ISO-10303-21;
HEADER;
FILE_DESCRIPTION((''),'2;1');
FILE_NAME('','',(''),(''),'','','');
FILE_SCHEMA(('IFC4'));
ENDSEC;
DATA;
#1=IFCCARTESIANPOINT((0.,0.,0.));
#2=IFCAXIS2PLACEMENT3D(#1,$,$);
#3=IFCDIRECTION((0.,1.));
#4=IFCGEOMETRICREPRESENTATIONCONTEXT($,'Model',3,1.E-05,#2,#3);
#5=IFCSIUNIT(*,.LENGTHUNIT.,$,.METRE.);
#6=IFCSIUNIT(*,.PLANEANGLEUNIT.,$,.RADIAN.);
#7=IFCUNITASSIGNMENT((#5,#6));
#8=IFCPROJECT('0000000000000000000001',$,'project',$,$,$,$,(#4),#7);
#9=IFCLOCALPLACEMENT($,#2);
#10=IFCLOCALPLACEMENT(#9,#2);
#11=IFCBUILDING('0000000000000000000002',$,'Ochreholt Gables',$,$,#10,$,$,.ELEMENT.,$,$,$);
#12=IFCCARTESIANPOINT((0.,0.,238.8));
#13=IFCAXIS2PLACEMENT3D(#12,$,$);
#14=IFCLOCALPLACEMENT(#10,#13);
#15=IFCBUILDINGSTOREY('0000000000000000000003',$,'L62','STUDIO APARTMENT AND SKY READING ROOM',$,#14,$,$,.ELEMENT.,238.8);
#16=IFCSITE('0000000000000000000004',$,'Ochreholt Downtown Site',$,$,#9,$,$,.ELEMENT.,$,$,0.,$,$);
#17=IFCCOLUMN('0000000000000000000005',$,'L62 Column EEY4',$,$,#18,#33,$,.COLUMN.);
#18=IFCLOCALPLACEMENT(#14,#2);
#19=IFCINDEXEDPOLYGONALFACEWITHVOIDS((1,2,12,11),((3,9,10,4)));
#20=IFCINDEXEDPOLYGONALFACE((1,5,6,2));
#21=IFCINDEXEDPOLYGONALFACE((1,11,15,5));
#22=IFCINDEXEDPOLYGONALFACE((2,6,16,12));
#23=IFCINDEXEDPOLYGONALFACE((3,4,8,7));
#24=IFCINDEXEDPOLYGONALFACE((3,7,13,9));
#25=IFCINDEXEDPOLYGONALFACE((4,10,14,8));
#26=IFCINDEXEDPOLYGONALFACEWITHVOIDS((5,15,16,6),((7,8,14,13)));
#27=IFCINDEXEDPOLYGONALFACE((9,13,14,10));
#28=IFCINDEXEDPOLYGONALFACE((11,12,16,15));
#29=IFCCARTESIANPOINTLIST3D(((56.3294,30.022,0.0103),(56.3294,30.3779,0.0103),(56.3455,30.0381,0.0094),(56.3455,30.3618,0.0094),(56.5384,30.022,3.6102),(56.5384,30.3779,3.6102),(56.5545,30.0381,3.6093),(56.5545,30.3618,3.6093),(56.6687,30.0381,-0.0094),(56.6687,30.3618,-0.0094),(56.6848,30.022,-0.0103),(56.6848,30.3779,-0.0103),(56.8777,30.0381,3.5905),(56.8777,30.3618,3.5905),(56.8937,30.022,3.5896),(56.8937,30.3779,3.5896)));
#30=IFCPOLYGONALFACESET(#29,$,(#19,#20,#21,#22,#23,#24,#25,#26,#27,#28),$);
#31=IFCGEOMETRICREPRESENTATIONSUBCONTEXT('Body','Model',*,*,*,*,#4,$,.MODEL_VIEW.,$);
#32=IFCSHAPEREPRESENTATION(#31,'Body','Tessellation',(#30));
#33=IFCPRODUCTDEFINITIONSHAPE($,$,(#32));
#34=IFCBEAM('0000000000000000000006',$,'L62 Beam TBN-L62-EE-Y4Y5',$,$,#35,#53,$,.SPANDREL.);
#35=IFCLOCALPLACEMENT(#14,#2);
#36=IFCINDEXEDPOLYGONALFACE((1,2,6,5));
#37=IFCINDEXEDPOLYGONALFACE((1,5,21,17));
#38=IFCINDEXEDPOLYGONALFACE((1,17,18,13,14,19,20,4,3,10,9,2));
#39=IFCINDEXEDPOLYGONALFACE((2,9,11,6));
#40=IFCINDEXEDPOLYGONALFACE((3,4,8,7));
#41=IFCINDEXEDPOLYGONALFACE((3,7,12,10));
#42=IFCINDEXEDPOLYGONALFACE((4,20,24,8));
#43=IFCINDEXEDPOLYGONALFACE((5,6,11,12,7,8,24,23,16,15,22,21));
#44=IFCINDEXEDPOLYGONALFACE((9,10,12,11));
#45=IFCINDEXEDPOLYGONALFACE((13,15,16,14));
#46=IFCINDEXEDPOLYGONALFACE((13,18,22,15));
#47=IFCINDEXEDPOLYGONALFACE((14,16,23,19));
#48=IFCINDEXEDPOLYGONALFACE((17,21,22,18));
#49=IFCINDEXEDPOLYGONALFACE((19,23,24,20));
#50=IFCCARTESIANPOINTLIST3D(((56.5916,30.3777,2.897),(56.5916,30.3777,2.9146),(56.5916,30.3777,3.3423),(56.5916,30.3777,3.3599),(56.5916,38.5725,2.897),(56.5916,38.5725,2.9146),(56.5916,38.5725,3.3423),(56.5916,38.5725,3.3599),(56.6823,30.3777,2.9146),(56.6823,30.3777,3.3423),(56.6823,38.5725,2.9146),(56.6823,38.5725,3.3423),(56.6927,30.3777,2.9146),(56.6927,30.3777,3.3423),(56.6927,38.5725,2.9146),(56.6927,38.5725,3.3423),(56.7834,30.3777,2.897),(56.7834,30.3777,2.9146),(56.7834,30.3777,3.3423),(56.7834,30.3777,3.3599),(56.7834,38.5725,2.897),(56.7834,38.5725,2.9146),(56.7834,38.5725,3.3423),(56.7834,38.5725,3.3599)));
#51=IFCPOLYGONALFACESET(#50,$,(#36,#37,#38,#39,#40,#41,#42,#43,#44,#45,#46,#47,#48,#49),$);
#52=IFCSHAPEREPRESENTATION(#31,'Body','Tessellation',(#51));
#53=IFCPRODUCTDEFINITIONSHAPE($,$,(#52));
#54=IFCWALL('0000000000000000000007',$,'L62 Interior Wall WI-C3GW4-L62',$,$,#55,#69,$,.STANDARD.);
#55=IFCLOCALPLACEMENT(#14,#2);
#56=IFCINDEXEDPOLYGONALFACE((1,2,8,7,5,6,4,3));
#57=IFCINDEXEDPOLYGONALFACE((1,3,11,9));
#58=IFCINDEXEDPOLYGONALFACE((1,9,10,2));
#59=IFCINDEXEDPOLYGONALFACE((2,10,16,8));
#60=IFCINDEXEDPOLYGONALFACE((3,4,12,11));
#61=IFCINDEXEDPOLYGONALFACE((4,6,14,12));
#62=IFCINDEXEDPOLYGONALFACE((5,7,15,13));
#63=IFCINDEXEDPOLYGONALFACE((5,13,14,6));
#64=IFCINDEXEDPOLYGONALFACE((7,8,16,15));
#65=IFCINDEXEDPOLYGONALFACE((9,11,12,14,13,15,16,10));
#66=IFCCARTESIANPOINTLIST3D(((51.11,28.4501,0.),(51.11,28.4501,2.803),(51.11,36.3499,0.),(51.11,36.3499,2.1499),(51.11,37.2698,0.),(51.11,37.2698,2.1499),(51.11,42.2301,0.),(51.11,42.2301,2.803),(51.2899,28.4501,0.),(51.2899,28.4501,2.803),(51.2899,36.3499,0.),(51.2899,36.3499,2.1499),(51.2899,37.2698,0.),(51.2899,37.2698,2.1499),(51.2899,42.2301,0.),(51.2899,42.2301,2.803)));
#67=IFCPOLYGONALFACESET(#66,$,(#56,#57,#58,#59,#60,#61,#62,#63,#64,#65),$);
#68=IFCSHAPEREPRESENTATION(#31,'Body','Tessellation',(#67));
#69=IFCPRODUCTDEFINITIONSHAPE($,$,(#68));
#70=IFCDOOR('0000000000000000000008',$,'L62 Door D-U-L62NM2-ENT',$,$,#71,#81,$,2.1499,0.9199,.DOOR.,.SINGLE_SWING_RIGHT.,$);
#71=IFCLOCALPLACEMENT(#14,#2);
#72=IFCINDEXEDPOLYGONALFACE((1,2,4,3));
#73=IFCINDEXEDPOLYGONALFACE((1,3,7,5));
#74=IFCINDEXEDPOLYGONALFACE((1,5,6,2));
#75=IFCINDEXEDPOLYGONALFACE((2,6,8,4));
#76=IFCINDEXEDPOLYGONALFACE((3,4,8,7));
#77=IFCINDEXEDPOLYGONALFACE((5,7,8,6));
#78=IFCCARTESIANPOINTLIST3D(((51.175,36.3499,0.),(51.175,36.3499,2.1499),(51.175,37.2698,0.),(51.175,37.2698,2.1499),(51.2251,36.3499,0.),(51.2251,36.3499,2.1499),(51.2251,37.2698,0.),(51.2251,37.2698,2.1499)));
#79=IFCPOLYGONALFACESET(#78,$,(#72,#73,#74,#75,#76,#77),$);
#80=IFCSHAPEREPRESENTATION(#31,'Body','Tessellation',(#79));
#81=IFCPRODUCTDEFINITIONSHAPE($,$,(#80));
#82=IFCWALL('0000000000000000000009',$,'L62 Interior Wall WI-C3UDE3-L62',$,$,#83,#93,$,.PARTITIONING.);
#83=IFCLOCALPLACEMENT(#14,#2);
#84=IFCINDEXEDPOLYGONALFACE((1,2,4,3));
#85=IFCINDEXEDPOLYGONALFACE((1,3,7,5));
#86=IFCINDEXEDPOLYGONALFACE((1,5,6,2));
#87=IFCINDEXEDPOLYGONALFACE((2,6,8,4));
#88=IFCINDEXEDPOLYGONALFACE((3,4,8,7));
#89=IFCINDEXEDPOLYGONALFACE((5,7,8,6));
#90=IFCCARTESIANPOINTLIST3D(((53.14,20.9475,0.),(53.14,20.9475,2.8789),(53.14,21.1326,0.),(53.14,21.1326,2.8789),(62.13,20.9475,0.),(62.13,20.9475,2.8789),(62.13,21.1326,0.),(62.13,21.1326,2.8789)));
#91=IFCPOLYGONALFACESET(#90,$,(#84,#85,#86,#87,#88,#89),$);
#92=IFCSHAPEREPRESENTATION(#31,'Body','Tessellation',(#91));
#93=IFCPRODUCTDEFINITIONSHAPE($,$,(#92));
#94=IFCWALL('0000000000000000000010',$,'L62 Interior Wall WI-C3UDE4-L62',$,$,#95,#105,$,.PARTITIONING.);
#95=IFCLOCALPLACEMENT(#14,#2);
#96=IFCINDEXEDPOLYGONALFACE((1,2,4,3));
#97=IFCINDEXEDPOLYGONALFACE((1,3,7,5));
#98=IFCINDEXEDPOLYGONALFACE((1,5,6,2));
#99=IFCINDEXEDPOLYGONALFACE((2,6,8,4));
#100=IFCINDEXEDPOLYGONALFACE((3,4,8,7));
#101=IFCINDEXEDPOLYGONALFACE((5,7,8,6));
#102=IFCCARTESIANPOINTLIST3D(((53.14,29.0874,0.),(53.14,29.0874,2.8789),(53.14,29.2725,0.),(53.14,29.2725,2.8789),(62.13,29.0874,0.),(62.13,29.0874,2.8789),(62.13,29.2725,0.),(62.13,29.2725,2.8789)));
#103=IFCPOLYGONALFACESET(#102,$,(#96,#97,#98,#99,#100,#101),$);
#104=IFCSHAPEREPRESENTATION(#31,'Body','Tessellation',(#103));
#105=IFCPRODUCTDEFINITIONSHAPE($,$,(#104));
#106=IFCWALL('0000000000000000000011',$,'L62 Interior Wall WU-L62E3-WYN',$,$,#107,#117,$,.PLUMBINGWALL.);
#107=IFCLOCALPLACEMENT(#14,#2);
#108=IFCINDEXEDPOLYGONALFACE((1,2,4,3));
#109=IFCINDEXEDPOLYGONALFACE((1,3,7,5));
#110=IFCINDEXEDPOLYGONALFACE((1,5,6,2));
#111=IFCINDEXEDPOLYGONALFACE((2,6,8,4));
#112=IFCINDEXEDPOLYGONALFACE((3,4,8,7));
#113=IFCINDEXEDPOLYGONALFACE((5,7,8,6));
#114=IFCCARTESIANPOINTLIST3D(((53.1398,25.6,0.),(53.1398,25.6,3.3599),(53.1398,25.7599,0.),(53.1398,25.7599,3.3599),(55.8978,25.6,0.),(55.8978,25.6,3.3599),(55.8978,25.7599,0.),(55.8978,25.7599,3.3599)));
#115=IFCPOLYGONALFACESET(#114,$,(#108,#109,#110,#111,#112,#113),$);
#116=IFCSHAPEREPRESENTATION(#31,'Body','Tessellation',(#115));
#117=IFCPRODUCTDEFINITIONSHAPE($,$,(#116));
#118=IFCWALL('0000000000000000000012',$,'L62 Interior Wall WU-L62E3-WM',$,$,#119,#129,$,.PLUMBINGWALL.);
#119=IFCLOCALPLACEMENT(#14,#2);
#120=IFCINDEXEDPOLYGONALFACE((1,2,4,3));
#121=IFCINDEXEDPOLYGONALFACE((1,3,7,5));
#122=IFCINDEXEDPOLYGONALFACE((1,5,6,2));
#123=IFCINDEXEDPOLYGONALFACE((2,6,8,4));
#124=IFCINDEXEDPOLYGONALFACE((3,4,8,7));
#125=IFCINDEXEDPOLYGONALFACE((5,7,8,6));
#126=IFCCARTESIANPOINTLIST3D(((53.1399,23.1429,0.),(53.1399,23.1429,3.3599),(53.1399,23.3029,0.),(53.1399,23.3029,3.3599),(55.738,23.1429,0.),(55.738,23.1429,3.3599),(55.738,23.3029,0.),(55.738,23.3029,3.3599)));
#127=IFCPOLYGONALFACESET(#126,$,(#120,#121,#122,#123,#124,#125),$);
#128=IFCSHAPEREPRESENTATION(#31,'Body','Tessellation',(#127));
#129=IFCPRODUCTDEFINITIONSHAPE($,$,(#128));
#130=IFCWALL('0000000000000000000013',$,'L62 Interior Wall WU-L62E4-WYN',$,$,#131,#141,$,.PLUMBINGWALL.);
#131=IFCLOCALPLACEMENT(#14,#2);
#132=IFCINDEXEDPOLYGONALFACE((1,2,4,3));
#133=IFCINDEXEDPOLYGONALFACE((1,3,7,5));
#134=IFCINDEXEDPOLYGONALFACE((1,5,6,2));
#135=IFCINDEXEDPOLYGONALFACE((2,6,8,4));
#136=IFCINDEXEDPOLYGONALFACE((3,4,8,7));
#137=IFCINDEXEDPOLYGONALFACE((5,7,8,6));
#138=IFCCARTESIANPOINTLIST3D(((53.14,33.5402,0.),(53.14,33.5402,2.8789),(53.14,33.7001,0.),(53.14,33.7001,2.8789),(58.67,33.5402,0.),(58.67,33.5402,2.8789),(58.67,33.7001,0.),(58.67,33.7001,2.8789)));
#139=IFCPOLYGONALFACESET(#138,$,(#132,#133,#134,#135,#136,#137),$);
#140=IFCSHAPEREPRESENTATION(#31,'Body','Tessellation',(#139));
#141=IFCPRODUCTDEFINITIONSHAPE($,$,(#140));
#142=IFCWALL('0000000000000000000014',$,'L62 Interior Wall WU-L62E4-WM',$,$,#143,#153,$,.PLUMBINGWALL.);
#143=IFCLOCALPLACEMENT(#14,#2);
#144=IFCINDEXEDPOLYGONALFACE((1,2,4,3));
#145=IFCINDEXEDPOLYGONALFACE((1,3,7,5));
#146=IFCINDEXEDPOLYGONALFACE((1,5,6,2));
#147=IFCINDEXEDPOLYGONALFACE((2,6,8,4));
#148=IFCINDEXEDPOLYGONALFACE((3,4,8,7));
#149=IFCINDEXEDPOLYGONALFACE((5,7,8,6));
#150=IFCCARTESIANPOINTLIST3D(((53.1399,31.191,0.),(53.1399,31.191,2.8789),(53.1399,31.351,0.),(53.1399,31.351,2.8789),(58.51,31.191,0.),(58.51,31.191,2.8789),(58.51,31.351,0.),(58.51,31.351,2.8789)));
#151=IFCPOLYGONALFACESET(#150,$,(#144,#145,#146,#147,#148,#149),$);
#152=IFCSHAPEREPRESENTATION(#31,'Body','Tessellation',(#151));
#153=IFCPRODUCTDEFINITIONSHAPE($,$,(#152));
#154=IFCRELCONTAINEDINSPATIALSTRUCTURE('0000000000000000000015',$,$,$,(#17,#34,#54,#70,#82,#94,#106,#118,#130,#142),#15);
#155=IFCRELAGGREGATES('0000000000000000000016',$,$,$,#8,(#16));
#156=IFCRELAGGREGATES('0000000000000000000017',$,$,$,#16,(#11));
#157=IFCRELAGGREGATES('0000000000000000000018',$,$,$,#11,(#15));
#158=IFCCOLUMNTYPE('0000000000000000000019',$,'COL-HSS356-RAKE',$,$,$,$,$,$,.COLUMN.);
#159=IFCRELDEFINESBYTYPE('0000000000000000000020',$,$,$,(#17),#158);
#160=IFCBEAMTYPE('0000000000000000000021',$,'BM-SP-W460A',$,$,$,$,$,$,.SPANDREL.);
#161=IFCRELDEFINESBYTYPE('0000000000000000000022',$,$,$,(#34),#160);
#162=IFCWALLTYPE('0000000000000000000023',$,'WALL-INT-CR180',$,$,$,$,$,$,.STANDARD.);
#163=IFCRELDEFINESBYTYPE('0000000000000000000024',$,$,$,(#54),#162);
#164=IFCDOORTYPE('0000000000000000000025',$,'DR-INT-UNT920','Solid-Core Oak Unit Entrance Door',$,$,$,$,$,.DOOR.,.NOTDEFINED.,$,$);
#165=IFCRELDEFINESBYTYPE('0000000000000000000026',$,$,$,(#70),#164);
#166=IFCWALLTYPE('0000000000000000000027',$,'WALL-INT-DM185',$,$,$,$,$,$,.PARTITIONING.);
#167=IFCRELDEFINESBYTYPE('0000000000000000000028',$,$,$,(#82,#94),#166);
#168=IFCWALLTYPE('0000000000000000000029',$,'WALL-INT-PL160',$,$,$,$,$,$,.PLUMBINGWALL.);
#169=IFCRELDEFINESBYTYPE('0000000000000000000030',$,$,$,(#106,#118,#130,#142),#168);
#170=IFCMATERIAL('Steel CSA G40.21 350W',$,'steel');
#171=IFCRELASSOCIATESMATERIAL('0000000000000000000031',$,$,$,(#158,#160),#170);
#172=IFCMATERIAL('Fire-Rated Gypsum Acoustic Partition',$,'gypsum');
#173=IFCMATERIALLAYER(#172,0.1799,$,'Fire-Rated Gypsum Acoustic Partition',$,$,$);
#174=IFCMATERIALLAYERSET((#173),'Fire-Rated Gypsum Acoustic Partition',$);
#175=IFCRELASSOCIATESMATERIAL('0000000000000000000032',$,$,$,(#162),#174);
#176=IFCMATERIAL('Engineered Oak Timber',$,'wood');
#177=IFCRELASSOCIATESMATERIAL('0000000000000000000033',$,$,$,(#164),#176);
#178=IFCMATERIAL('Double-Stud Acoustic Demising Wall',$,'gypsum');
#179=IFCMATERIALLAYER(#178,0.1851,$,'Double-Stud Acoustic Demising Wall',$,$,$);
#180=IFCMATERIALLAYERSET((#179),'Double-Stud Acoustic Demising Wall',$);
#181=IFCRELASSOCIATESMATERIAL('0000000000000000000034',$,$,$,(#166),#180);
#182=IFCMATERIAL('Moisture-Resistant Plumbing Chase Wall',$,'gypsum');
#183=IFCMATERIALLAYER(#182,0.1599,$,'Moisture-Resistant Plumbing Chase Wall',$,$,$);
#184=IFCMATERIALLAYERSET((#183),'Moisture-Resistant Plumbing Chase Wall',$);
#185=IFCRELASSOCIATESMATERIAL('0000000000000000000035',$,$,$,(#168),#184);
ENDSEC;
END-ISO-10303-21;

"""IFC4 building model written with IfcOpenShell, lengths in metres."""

from ifc_helpers import new_model, si_unit, direction, frame, frame_2d, origin, origin_2d, place, context, subcontext, project, spatial, rectangle, hollow_rectangle, i_section, extrude, material, layer, layer_set, material_profile, profile_set, type_object, element, fill, save


model = new_model("IFC4")

# Units and contexts
model_context = context("Model", 3, precision=1e-05, world=origin(), true_north=direction((0.0, 1.0)))
body_context = subcontext(model_context, "Body", "Model", "MODEL_VIEW")
ifc_project = project(units=[si_unit("LENGTHUNIT", "METRE"), si_unit("PLANEANGLEUNIT", "RADIAN")], contexts=[model_context])

# Site, building, storey
site_placement = place(None, origin())
site = spatial("IfcSite", under=ifc_project, at=site_placement, Name="Ochreholt Downtown Site", CompositionType="ELEMENT", RefElevation=0.0)
building_placement = place(site_placement, origin())
building = spatial("IfcBuilding", under=site, at=building_placement, Name="Ochreholt Gables", CompositionType="ELEMENT")
storey_placement = place(building_placement, frame((0.0, 0.0, 238.8)))
storey = spatial("IfcBuildingStorey", under=building, at=storey_placement, Name="L62", Description="STUDIO APARTMENT AND SKY READING ROOM", CompositionType="ELEMENT", Elevation=238.8)

# Column
ifc_material_1 = material(Name="Steel CSA G40.21 350W", Category="steel")
ifc_material_profile_1 = material_profile(ifc_material_1, hollow_rectangle(XDim=0.356, YDim=0.356, WallThickness=0.0161, at=origin_2d()), Name="HSS356X356X16")
ifc_profile_set_1 = profile_set([ifc_material_profile_1], Name="Steel CSA G40.21 350W")
column_type = type_object("IfcColumnType", Name="COL-HSS356-RAKE", PredefinedType="COLUMN", material=ifc_profile_set_1)
column_placement = place(storey_placement, frame((56.5071, 30.2, 0.0), z_axis=(0.057956, 0.0, 0.998319), x_axis=(0.0, 1.0, 0.0)))
element("IfcColumn", 1, at=column_placement, inside=storey, type_object=column_type, Name="L62 Column EEY4", PredefinedType="COLUMN", context=body_context, shape_type="SweptSolid", body=[
    extrude(hollow_rectangle(XDim=0.356, YDim=0.356, WallThickness=0.0161, at=origin_2d()), origin(), (0.0, 0.0, 1.0), 3.606),
])

# Beam
ifc_material_profile_2 = material_profile(ifc_material_1, i_section(OverallWidth=0.1919, OverallDepth=0.4629, WebThickness=0.0105, FlangeThickness=0.0176, at=origin_2d()), Name="W460X89")
ifc_profile_set_2 = profile_set([ifc_material_profile_2], Name="Steel CSA G40.21 350W")
beam_type = type_object("IfcBeamType", Name="BM-SP-W460A", PredefinedType="SPANDREL", material=ifc_profile_set_2)
beam_placement = place(storey_placement, frame((56.6875, 30.3777, 3.1284), z_axis=(0.0, 1.0, 0.0), x_axis=(-1.0, 0.0, 0.0)))
element("IfcBeam", 2, at=beam_placement, inside=storey, type_object=beam_type, Name="L62 Beam TBN-L62-EE-Y4Y5", PredefinedType="SPANDREL", context=body_context, shape_type="SweptSolid", body=[
    extrude(i_section(OverallWidth=0.1919, OverallDepth=0.4629, WebThickness=0.0105, FlangeThickness=0.0176, at=origin_2d()), origin(), (0.0, 0.0, 1.0), 8.1948),
])

# Wall, opening, door
ifc_material_2 = material(Name="Fire-Rated Gypsum Acoustic Partition", Category="gypsum")
ifc_layer_1 = layer(ifc_material_2, 0.1799, Name="Fire-Rated Gypsum Acoustic Partition")
ifc_layer_set_1 = layer_set([ifc_layer_1], Name="Fire-Rated Gypsum Acoustic Partition")
wall_type_1 = type_object("IfcWallType", Name="WALL-INT-CR180", PredefinedType="STANDARD", material=ifc_layer_set_1)
wall_1_placement = place(storey_placement, frame((51.2, 28.45, 0.0), z_axis=(0.0, 0.0, 1.0), x_axis=(0.0, 1.0, 0.0)))
wall_1 = element("IfcWall", 3, at=wall_1_placement, inside=storey, type_object=wall_type_1, Name="L62 Interior Wall WI-C3GW4-L62", PredefinedType="STANDARD", context=body_context, shape_type="SweptSolid", body=[
    extrude(rectangle(XDim=13.78, YDim=0.1799, at=frame_2d((6.8901, 0.0))), origin(), (0.0, 0.0, 1.0), 2.803),
])
opening_1_placement = place(wall_1_placement, frame((7.8999, 0.0, 0.0)))
opening_1 = element("IfcOpeningElement", 4, at=opening_1_placement, cuts=wall_1, PredefinedType="OPENING", context=body_context, shape_type="SweptSolid", body=[
    extrude(rectangle(XDim=0.9199, YDim=2.1499, at=frame_2d((0.46, 1.075))), frame((0.0, 0.0999, 0.0), z_axis=(0.0, -1.0, 0.0), x_axis=(1.0, 0.0, 0.0)), (0.0, 0.0, 1.0), 0.2),
])
ifc_material_3 = material(Name="Engineered Oak Timber", Category="wood")
door_type_1 = type_object("IfcDoorType", Name="DR-INT-UNT920", Description="Solid-Core Oak Unit Entrance Door", OperationType="NOTDEFINED", PredefinedType="DOOR", material=ifc_material_3)
door_1_placement = place(opening_1_placement, origin())
door_1 = element("IfcDoor", 5, at=door_1_placement, inside=storey, type_object=door_type_1, Name="L62 Door D-U-L62NM2-ENT", OperationType="SINGLE_SWING_RIGHT", OverallHeight=2.1499, OverallWidth=0.9199, PredefinedType="DOOR", context=body_context, shape_type="SweptSolid", body=[
    extrude(rectangle(XDim=0.9199, YDim=2.1499, at=frame_2d((0.46, 1.075))), frame((0.0, 0.0249, 0.0), z_axis=(0.0, -1.0, 0.0), x_axis=(1.0, 0.0, 0.0)), (0.0, 0.0, 1.0), 0.05),
])
fill(opening_1, door_1)

# Walls
ifc_material_4 = material(Name="Double-Stud Acoustic Demising Wall", Category="gypsum")
ifc_layer_2 = layer(ifc_material_4, 0.1851, Name="Double-Stud Acoustic Demising Wall")
ifc_layer_set_2 = layer_set([ifc_layer_2], Name="Double-Stud Acoustic Demising Wall")
wall_type_2 = type_object("IfcWallType", Name="WALL-INT-DM185", PredefinedType="PARTITIONING", material=ifc_layer_set_2)
for number, where, z_axis, x_axis, name in (
    (6, (53.1399, 21.04, 0.0), (0.0, 0.0, 1.0), (1.0, 0.0, 0.0), "L62 Interior Wall WI-C3UDE3-L62"),
    (7, (53.1399, 29.1799, 0.0), (0.0, 0.0, 1.0), (1.0, 0.0, 0.0), "L62 Interior Wall WI-C3UDE4-L62"),
):
    element("IfcWall", number, at=place(storey_placement, frame(where, z_axis=z_axis, x_axis=x_axis)), inside=storey, type_object=wall_type_2, Name=name, PredefinedType="PARTITIONING", context=body_context, shape_type="SweptSolid", body=[
        extrude(rectangle(XDim=8.99, YDim=0.1851, at=frame_2d((4.4951, 0.0))), origin(), (0.0, 0.0, 1.0), 2.8789),
    ])
ifc_material_5 = material(Name="Moisture-Resistant Plumbing Chase Wall", Category="gypsum")
ifc_layer_3 = layer(ifc_material_5, 0.1599, Name="Moisture-Resistant Plumbing Chase Wall")
ifc_layer_set_3 = layer_set([ifc_layer_3], Name="Moisture-Resistant Plumbing Chase Wall")
wall_type_3 = type_object("IfcWallType", Name="WALL-INT-PL160", PredefinedType="PLUMBINGWALL", material=ifc_layer_set_3)
wall_2_placement = place(storey_placement, frame((53.1399, 25.6799, 0.0), z_axis=(0.0, 0.0, 1.0), x_axis=(1.0, 0.0, 0.0)))
element("IfcWall", 8, at=wall_2_placement, inside=storey, type_object=wall_type_3, Name="L62 Interior Wall WU-L62E3-WYN", PredefinedType="PLUMBINGWALL", context=body_context, shape_type="SweptSolid", body=[
    extrude(rectangle(XDim=2.7581, YDim=0.1599, at=frame_2d((1.3789, 0.0))), origin(), (0.0, 0.0, 1.0), 3.3599),
])

# Walls
wall_3_placement = place(storey_placement, frame((53.1399, 23.2229, 0.0), z_axis=(0.0, 0.0, 1.0), x_axis=(1.0, 0.0, 0.0)))
element("IfcWall", 9, at=wall_3_placement, inside=storey, type_object=wall_type_3, Name="L62 Interior Wall WU-L62E3-WM", PredefinedType="PLUMBINGWALL", context=body_context, shape_type="SweptSolid", body=[
    extrude(rectangle(XDim=2.5981, YDim=0.1599, at=frame_2d((1.2991, 0.0))), origin(), (0.0, 0.0, 1.0), 3.3599),
])
wall_4_placement = place(storey_placement, frame((53.1399, 33.6201, 0.0), z_axis=(0.0, 0.0, 1.0), x_axis=(1.0, 0.0, 0.0)))
element("IfcWall", 10, at=wall_4_placement, inside=storey, type_object=wall_type_3, Name="L62 Interior Wall WU-L62E4-WYN", PredefinedType="PLUMBINGWALL", context=body_context, shape_type="SweptSolid", body=[
    extrude(rectangle(XDim=5.53, YDim=0.1599, at=frame_2d((2.7651, 0.0))), origin(), (0.0, 0.0, 1.0), 2.8789),
])

# Wall
wall_5_placement = place(storey_placement, frame((53.1399, 31.271, 0.0), z_axis=(0.0, 0.0, 1.0), x_axis=(1.0, 0.0, 0.0)))
element("IfcWall", 11, at=wall_5_placement, inside=storey, type_object=wall_type_3, Name="L62 Interior Wall WU-L62E4-WM", PredefinedType="PLUMBINGWALL", context=body_context, shape_type="SweptSolid", body=[
    extrude(rectangle(XDim=5.3701, YDim=0.1599, at=frame_2d((2.6851, 0.0))), origin(), (0.0, 0.0, 1.0), 2.8789),
])

save(model, "model.ifc")
